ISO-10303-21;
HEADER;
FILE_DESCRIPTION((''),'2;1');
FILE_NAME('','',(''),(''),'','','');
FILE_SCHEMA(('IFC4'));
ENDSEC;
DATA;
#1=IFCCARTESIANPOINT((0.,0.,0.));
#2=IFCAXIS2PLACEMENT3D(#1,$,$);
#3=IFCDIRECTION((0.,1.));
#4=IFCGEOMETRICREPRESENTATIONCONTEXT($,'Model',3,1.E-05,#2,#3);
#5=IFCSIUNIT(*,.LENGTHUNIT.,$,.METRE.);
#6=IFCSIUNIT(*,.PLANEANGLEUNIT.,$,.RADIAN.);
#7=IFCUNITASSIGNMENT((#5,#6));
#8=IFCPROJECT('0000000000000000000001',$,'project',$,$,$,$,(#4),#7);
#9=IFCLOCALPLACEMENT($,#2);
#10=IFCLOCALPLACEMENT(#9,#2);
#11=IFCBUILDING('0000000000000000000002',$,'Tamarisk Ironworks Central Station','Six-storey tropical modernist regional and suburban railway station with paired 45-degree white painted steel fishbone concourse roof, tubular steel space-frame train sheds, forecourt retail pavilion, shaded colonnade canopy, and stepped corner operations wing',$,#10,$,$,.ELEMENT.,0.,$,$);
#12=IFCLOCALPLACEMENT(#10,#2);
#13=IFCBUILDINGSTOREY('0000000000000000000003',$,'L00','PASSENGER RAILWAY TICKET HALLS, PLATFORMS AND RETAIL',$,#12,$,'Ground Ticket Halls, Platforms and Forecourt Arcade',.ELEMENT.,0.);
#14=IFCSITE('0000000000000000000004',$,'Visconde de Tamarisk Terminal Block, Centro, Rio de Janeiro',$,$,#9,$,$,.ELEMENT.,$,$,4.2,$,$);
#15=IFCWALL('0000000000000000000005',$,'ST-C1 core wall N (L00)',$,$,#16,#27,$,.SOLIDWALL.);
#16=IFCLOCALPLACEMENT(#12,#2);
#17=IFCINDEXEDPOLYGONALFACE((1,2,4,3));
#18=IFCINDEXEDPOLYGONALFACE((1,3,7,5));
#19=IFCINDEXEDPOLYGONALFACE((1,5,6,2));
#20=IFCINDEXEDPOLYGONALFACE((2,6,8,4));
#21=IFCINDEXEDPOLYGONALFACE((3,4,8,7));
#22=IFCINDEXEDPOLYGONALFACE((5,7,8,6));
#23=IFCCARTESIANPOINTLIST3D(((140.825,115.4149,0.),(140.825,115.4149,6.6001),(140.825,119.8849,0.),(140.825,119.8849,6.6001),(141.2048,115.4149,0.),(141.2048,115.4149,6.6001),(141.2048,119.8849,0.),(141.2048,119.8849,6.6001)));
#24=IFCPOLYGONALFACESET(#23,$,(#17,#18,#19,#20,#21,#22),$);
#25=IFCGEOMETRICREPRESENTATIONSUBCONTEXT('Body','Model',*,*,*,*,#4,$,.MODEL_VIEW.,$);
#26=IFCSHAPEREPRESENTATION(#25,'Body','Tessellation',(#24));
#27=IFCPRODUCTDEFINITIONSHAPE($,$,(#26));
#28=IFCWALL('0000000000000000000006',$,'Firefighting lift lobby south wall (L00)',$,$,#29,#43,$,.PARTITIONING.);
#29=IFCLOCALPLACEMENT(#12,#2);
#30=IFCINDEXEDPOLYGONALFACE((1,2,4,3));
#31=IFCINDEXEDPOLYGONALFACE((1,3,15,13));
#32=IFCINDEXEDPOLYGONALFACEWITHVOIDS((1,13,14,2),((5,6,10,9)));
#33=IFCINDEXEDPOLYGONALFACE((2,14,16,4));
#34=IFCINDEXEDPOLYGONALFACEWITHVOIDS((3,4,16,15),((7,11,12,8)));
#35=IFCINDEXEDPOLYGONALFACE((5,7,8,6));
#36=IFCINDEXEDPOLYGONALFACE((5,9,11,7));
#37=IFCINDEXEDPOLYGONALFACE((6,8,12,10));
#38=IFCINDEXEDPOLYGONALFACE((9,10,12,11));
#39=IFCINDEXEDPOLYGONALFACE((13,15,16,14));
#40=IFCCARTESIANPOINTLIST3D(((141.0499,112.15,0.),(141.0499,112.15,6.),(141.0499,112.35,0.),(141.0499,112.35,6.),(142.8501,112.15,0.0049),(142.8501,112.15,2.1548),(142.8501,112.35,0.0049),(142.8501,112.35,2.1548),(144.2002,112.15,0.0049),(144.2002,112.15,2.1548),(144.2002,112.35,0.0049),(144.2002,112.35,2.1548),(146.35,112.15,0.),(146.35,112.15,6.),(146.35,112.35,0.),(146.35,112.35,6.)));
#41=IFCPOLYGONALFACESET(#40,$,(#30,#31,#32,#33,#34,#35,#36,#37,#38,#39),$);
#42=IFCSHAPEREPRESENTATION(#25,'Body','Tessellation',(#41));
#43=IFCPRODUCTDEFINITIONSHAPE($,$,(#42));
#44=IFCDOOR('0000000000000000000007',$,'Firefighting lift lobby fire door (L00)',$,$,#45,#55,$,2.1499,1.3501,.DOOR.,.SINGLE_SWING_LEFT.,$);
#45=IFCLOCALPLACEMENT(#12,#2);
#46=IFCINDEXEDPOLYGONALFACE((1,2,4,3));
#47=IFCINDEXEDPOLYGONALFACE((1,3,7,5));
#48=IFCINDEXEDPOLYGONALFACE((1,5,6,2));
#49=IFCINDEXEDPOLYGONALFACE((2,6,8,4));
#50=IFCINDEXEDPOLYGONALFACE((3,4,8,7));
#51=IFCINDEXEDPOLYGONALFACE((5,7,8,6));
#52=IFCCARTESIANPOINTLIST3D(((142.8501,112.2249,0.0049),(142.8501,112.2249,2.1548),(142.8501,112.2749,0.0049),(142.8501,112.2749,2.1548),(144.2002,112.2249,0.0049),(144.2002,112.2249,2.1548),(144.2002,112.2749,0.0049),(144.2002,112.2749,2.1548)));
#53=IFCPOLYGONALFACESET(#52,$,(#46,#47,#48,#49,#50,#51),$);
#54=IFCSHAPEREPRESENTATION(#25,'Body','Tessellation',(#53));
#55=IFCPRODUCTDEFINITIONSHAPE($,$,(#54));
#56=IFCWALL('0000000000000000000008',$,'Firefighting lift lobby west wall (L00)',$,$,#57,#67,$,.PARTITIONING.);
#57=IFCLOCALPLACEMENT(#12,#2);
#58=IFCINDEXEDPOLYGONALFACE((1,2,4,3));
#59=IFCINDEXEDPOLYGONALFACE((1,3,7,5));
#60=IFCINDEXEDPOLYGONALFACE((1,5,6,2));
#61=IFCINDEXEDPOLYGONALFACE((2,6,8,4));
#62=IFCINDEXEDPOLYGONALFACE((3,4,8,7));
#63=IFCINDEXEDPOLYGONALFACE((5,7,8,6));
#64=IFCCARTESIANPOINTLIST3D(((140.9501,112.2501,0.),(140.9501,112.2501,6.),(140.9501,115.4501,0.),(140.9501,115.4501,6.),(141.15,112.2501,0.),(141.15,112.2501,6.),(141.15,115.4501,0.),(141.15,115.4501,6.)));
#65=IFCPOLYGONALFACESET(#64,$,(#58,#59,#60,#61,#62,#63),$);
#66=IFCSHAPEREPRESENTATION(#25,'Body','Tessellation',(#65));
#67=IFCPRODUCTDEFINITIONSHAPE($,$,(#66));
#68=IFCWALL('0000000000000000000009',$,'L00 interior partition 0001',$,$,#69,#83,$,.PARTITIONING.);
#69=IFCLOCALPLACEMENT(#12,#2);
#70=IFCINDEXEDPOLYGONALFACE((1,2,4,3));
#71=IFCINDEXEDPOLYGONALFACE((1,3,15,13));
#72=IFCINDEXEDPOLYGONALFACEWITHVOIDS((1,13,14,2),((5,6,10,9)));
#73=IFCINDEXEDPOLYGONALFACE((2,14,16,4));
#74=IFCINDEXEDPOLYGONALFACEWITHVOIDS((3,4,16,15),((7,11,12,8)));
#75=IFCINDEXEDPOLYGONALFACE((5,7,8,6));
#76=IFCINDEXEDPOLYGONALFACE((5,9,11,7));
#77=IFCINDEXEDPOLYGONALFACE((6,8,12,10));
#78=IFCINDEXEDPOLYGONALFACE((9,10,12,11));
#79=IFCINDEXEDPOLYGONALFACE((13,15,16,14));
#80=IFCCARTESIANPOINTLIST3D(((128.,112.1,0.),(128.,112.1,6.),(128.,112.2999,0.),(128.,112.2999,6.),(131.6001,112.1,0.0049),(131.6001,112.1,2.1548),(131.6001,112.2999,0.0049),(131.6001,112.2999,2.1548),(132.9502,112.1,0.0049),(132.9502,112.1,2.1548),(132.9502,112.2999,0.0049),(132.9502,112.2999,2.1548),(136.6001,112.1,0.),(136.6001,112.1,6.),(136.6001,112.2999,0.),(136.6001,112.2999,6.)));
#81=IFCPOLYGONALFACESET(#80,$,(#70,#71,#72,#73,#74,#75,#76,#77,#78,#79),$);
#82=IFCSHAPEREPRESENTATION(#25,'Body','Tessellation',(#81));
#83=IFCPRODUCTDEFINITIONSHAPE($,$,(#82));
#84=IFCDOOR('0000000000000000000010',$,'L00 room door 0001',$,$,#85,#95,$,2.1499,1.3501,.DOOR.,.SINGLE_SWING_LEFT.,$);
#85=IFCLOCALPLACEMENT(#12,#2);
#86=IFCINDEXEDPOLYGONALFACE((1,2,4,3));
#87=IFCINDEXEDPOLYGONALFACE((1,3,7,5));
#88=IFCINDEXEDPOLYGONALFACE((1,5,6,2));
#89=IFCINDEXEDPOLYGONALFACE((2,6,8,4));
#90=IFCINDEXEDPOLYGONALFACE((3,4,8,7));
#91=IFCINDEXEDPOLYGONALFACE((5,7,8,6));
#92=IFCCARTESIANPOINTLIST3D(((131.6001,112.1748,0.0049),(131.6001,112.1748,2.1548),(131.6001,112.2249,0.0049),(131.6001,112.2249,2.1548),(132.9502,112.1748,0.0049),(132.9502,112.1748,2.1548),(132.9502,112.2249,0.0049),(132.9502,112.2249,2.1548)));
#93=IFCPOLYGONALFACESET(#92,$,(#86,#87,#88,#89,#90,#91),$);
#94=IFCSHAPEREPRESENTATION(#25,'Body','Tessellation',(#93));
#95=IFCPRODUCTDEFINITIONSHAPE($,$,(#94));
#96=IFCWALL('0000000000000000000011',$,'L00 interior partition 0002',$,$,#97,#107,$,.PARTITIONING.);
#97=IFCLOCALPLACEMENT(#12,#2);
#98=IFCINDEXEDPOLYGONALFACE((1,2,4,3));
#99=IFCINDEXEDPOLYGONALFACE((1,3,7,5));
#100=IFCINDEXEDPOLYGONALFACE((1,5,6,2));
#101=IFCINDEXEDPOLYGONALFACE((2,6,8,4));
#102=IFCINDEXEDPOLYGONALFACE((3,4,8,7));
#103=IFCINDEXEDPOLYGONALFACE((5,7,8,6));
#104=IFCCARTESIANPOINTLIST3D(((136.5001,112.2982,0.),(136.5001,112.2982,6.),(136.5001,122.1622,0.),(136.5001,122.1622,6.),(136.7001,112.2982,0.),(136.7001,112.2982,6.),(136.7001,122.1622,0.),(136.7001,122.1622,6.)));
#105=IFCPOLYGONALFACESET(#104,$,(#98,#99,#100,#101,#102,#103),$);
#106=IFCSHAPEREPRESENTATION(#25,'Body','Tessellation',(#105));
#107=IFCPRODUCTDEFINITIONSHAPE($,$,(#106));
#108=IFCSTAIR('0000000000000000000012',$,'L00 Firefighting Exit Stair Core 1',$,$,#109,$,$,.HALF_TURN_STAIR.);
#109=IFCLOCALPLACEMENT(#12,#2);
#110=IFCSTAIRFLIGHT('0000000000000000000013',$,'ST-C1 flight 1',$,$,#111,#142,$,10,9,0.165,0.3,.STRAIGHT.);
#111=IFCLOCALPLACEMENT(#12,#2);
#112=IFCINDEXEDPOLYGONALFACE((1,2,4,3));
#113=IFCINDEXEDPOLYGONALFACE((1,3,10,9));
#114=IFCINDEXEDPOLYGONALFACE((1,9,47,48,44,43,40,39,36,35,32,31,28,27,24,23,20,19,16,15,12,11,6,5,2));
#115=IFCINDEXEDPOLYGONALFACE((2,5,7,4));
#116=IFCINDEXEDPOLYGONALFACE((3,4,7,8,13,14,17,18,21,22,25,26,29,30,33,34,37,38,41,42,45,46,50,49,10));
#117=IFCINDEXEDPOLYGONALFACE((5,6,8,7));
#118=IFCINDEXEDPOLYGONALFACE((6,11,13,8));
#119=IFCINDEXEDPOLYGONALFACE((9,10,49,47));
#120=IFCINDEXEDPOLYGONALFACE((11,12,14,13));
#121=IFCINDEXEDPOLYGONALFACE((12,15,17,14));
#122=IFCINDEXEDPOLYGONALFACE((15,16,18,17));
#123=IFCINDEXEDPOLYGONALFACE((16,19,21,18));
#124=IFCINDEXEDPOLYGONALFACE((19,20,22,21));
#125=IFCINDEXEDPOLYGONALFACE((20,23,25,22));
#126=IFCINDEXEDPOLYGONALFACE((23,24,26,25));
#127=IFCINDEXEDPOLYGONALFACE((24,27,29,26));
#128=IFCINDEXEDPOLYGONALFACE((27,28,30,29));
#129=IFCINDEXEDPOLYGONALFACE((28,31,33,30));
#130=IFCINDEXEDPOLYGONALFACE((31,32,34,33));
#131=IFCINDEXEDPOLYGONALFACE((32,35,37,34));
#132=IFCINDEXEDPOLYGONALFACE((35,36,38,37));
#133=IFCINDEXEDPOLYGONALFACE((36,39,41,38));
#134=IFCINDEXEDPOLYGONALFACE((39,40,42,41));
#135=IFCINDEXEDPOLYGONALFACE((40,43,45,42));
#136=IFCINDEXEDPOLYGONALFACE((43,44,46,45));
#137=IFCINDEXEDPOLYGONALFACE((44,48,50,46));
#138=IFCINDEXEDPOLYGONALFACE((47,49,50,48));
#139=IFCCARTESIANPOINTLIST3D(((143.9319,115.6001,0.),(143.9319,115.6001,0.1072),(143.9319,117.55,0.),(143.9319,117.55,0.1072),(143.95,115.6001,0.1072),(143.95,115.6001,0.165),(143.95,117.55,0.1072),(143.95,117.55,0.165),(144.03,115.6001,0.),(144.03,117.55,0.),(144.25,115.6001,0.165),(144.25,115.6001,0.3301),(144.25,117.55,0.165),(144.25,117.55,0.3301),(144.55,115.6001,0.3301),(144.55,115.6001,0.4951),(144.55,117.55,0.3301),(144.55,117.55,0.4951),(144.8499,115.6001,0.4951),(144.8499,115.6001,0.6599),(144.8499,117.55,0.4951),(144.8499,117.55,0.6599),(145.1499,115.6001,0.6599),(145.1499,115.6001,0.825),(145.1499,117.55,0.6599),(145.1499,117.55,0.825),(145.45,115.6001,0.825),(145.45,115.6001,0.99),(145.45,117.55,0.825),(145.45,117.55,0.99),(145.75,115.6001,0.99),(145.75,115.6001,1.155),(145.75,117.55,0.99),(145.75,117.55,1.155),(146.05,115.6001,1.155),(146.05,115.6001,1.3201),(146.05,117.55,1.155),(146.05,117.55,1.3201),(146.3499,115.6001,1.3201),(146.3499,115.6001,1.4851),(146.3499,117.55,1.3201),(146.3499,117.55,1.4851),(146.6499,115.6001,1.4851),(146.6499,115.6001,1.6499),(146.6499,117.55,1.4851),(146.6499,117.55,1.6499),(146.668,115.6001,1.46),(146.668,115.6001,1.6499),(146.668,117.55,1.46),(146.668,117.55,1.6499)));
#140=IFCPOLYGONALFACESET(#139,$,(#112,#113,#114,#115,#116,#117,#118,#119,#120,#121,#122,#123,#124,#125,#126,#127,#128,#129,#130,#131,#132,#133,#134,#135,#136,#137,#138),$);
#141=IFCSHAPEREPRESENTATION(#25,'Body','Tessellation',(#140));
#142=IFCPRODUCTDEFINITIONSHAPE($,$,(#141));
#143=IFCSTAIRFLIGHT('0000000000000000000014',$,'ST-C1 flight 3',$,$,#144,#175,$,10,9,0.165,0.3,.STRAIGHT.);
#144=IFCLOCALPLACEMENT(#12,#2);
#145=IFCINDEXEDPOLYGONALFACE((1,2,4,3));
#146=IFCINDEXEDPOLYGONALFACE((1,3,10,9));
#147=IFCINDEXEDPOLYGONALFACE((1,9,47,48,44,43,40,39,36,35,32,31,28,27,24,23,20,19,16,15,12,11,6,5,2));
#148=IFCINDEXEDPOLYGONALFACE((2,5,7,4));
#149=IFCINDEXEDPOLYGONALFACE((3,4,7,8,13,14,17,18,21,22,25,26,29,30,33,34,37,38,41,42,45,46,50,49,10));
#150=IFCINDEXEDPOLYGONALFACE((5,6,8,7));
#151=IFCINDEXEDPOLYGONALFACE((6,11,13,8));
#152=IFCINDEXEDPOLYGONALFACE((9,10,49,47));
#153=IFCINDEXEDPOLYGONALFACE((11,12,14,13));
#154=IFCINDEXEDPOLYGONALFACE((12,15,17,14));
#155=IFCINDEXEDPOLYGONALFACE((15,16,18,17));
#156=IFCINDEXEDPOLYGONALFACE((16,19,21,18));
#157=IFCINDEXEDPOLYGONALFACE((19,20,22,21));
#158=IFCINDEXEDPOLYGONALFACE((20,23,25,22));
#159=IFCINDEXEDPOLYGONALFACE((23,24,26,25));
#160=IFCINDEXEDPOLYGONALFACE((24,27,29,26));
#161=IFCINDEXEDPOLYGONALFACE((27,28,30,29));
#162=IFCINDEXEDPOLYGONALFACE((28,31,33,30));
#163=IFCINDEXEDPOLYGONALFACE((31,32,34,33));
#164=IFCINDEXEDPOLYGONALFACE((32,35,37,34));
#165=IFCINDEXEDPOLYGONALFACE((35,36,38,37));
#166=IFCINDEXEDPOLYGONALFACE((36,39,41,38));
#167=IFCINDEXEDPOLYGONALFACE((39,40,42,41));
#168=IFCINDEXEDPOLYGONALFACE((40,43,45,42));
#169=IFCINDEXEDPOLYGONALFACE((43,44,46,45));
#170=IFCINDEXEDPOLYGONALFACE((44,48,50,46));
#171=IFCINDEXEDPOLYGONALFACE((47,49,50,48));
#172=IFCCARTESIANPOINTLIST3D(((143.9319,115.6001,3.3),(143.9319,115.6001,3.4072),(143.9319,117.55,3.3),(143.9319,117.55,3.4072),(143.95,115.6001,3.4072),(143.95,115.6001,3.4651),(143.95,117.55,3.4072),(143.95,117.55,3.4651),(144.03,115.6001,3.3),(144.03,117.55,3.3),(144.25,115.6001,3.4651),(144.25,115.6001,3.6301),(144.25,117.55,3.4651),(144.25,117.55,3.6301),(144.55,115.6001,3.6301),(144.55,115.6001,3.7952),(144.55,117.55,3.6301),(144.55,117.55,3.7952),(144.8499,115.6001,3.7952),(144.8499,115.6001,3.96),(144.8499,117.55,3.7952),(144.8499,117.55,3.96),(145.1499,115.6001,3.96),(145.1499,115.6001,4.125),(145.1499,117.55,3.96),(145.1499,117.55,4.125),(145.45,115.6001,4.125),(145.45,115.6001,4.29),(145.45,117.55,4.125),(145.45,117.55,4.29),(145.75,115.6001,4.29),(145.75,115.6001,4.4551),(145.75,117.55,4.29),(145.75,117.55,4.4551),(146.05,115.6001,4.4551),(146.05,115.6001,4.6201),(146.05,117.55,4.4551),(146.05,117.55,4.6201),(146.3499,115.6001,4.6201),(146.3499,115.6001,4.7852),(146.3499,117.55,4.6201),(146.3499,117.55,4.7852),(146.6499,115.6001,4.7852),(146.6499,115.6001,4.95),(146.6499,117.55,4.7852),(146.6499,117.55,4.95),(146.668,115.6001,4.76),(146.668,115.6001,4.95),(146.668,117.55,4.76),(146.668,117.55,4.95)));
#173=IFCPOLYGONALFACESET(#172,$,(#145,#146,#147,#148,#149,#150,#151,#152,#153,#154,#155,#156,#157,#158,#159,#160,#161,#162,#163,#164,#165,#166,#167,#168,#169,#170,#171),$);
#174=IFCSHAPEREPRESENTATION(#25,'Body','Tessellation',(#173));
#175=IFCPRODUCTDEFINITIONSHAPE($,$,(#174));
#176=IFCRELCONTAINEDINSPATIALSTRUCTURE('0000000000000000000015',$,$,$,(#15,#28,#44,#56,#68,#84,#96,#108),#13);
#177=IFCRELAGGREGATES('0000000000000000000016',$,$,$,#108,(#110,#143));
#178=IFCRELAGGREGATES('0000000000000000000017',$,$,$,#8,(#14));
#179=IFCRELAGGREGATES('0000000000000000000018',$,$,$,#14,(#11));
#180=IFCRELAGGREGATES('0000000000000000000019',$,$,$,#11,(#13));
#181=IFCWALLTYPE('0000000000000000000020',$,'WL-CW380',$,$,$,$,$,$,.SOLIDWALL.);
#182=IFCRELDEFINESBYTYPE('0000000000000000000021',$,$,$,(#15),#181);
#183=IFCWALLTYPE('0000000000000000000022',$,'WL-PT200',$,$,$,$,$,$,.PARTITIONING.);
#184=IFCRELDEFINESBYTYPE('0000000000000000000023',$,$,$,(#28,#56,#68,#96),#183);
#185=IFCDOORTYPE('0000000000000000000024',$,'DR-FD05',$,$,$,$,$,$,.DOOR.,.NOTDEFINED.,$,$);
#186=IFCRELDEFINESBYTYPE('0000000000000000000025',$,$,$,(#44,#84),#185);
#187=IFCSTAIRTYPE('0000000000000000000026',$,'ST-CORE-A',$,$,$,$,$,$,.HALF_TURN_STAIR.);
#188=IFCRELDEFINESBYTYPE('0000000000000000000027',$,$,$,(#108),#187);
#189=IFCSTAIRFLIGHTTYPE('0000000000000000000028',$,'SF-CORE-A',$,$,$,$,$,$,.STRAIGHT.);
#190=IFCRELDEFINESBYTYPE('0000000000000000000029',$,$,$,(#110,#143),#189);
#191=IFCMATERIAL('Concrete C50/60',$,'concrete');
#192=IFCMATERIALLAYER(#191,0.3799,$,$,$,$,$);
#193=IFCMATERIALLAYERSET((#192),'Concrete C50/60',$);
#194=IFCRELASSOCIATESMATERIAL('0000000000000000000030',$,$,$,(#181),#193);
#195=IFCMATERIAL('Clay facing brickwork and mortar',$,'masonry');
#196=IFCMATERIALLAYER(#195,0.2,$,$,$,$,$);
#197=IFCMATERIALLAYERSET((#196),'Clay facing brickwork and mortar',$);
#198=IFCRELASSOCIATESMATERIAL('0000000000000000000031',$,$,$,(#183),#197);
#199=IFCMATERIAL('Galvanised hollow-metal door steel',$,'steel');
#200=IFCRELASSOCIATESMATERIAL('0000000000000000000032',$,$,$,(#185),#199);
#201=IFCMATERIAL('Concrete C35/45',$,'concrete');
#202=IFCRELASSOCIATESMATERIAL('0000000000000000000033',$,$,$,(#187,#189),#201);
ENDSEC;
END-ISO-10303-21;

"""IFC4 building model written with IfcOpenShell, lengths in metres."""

from ifc_helpers import new_model, si_unit, direction, frame, frame_2d, origin, place, context, subcontext, project, spatial, polyline, rectangle, outline, extrude, material, layer, layer_set, type_object, element, fill, aggregate, save


model = new_model("IFC4")

# Units and contexts
model_context = context("Model", 3, precision=1e-05, world=origin(), true_north=direction((0.0, 1.0)))
body_context = subcontext(model_context, "Body", "Model", "MODEL_VIEW")
ifc_project = project(units=[si_unit("LENGTHUNIT", "METRE"), si_unit("PLANEANGLEUNIT", "RADIAN")], contexts=[model_context])

# Site, building, storey
site_placement = place(None, origin())
site = spatial("IfcSite", under=ifc_project, at=site_placement, Name="Visconde de Tamarisk Terminal Block, Centro, Rio de Janeiro", CompositionType="ELEMENT", RefElevation=4.2)
building_placement = place(site_placement, origin())
building = spatial("IfcBuilding", under=site, at=building_placement, Name="Tamarisk Ironworks Central Station", Description="Six-storey tropical modernist regional and suburban railway station with paired 45-degree white painted steel fishbone concourse roof, tubular steel space-frame train sheds, forecourt retail pavilion, shaded colonnade canopy, and stepped corner operations wing", CompositionType="ELEMENT", ElevationOfRefHeight=0.0)
storey_placement = place(building_placement, origin())
storey = spatial("IfcBuildingStorey", under=building, at=storey_placement, Name="L00", Description="PASSENGER RAILWAY TICKET HALLS, PLATFORMS AND RETAIL", LongName="Ground Ticket Halls, Platforms and Forecourt Arcade", CompositionType="ELEMENT", Elevation=0.0)

# Shared definitions
ifc_material_1 = material(Name="Concrete C50/60", Category="concrete")

# Shared definitions
ifc_layer_1 = layer(ifc_material_1, 0.3799)
ifc_layer_set_1 = layer_set([ifc_layer_1], Name="Concrete C50/60")
wall_type_1 = type_object("IfcWallType", Name="WL-CW380", PredefinedType="SOLIDWALL", material=ifc_layer_set_1)
ifc_material_2 = material(Name="Galvanised hollow-metal door steel", Category="steel")

# Wall
wall_1_placement = place(storey_placement, frame((141.0149, 115.415, 0.0), z_axis=(0.0, 0.0, 1.0), x_axis=(0.0, 1.0, 0.0)))
element("IfcWall", 1, at=wall_1_placement, inside=storey, type_object=wall_type_1, Name="ST-C1 core wall N (L00)", PredefinedType="SOLIDWALL", context=body_context, shape_type="SweptSolid", body=[
    extrude(rectangle(XDim=4.47, YDim=0.3799, at=frame_2d((2.2349, 0.0))), origin(), (0.0, 0.0, 1.0), 6.6001),
])

# Wall, opening, door
ifc_material_3 = material(Name="Clay facing brickwork and mortar", Category="masonry")
ifc_layer_2 = layer(ifc_material_3, 0.2)
ifc_layer_set_2 = layer_set([ifc_layer_2], Name="Clay facing brickwork and mortar")
wall_type_2 = type_object("IfcWallType", Name="WL-PT200", PredefinedType="PARTITIONING", material=ifc_layer_set_2)
wall_2_placement = place(storey_placement, frame((141.05, 112.25, 0.0), z_axis=(0.0, 0.0, 1.0), x_axis=(1.0, 0.0, 0.0)))
wall_2 = element("IfcWall", 2, at=wall_2_placement, inside=storey, type_object=wall_type_2, Name="Firefighting lift lobby south wall (L00)", PredefinedType="PARTITIONING", context=body_context, shape_type="SweptSolid", body=[
    extrude(rectangle(XDim=5.3, YDim=0.2, at=frame_2d((2.6499, 0.0))), origin(), (0.0, 0.0, 1.0), 6.0),
])
opening_1_placement = place(wall_2_placement, frame((1.8, 0.0, 0.0049)))
opening_1 = element("IfcOpeningElement", 3, at=opening_1_placement, cuts=wall_2, PredefinedType="OPENING", context=body_context, shape_type="SweptSolid", body=[
    extrude(rectangle(XDim=1.3501, YDim=2.1499, at=frame_2d((0.675, 1.075))), frame((0.0, 0.1118, 0.0), z_axis=(0.0, -1.0, 0.0), x_axis=(1.0, 0.0, 0.0)), (0.0, 0.0, 1.0), 0.2239),
])
door_type_1 = type_object("IfcDoorType", Name="DR-FD05", OperationType="NOTDEFINED", PredefinedType="DOOR", material=ifc_material_2)
door_1_placement = place(opening_1_placement, origin())
door_1 = element("IfcDoor", 4, at=door_1_placement, inside=storey, type_object=door_type_1, Name="Firefighting lift lobby fire door (L00)", OperationType="SINGLE_SWING_LEFT", OverallHeight=2.1499, OverallWidth=1.3501, PredefinedType="DOOR", context=body_context, shape_type="SweptSolid", body=[
    extrude(rectangle(XDim=1.3501, YDim=2.1499, at=frame_2d((0.675, 1.075))), frame((0.0, 0.0249, 0.0), z_axis=(0.0, -1.0, 0.0), x_axis=(1.0, 0.0, 0.0)), (0.0, 0.0, 1.0), 0.05),
])
fill(opening_1, door_1)

# Wall
wall_3_placement = place(storey_placement, frame((141.05, 112.25, 0.0), z_axis=(0.0, 0.0, 1.0), x_axis=(0.0, 1.0, 0.0)))
element("IfcWall", 5, at=wall_3_placement, inside=storey, type_object=wall_type_2, Name="Firefighting lift lobby west wall (L00)", PredefinedType="PARTITIONING", context=body_context, shape_type="SweptSolid", body=[
    extrude(rectangle(XDim=3.2, YDim=0.2, at=frame_2d((1.6001, 0.0))), origin(), (0.0, 0.0, 1.0), 6.0),
])

# Wall, opening, door
wall_4_placement = place(storey_placement, frame((128.0, 112.2, 0.0), z_axis=(0.0, 0.0, 1.0), x_axis=(1.0, 0.0, 0.0)))
wall_4 = element("IfcWall", 6, at=wall_4_placement, inside=storey, type_object=wall_type_2, Name="L00 interior partition 0001", PredefinedType="PARTITIONING", context=body_context, shape_type="SweptSolid", body=[
    extrude(rectangle(XDim=8.6001, YDim=0.2, at=frame_2d((4.3, 0.0))), origin(), (0.0, 0.0, 1.0), 6.0),
])
opening_2_placement = place(wall_4_placement, frame((3.6001, 0.0, 0.0049)))
opening_2 = element("IfcOpeningElement", 7, at=opening_2_placement, cuts=wall_4, PredefinedType="OPENING", context=body_context, shape_type="SweptSolid", body=[
    extrude(rectangle(XDim=1.3501, YDim=2.1499, at=frame_2d((0.675, 1.075))), frame((0.0, 0.1118, 0.0), z_axis=(0.0, -1.0, 0.0), x_axis=(1.0, 0.0, 0.0)), (0.0, 0.0, 1.0), 0.2239),
])
door_2_placement = place(opening_2_placement, origin())
door_2 = element("IfcDoor", 8, at=door_2_placement, inside=storey, type_object=door_type_1, Name="L00 room door 0001", OperationType="SINGLE_SWING_LEFT", OverallHeight=2.1499, OverallWidth=1.3501, PredefinedType="DOOR", context=body_context, shape_type="SweptSolid", body=[
    extrude(rectangle(XDim=1.3501, YDim=2.1499, at=frame_2d((0.675, 1.075))), frame((0.0, 0.0249, 0.0), z_axis=(0.0, -1.0, 0.0), x_axis=(1.0, 0.0, 0.0)), (0.0, 0.0, 1.0), 0.05),
])
fill(opening_2, door_2)

# Wall
wall_5_placement = place(storey_placement, frame((136.6001, 112.2981, 0.0), z_axis=(0.0, 0.0, 1.0), x_axis=(0.0, 1.0, 0.0)))
element("IfcWall", 9, at=wall_5_placement, inside=storey, type_object=wall_type_2, Name="L00 interior partition 0002", PredefinedType="PARTITIONING", context=body_context, shape_type="SweptSolid", body=[
    extrude(rectangle(XDim=9.864, YDim=0.2, at=frame_2d((4.9321, 0.0))), origin(), (0.0, 0.0, 1.0), 6.0),
])

# Stair, stair flights
ifc_material_4 = material(Name="Concrete C35/45", Category="concrete")
stair_type = type_object("IfcStairType", Name="ST-CORE-A", PredefinedType="HALF_TURN_STAIR", material=ifc_material_4)
stair_placement = place(storey_placement, origin())
stair = element("IfcStair", 10, at=stair_placement, inside=storey, type_object=stair_type, Name="L00 Firefighting Exit Stair Core 1", PredefinedType="HALF_TURN_STAIR")
stair_flight_type = type_object("IfcStairFlightType", Name="SF-CORE-A", PredefinedType="STRAIGHT", material=ifc_material_4)
stair_flight_1_placement = place(storey_placement, frame((143.95, 116.575, 0.0), z_axis=(0.0, 0.0, 1.0), x_axis=(1.0, 0.0, 0.0)))
stair_flight_1 = element("IfcStairFlight", 11, at=stair_flight_1_placement, type_object=stair_flight_type, Name="ST-C1 flight 1", NumberOfRisers=10, NumberOfTreads=9, PredefinedType="STRAIGHT", RiserHeight=0.165, TreadLength=0.3, context=body_context, shape_type="SweptSolid", body=[
    extrude(outline(polyline([(-0.0181, 0.0), (-0.0181, 0.1072), (0.0, 0.1072), (0.0, 0.165), (0.3, 0.165), (0.3, 0.3301), (0.6001, 0.3301), (0.6001, 0.4951), (0.8999, 0.4951), (0.8999, 0.6599), (1.2, 0.6599), (1.2, 0.825), (1.5, 0.825), (1.5, 0.99), (1.8, 0.99), (1.8, 1.155), (2.1001, 1.155), (2.1001, 1.3201), (2.3999, 1.3201), (2.3999, 1.4851), (2.7, 1.4851), (2.7, 1.6499), (2.718, 1.6499), (2.718, 1.46), (0.0801, 0.0), (-0.0181, 0.0)])), frame((0.0, 0.9751, 0.0), z_axis=(0.0, -1.0, 0.0), x_axis=(1.0, 0.0, 0.0)), (0.0, 0.0, 1.0), 1.95),
])
stair_flight_2_placement = place(storey_placement, frame((143.95, 116.575, 3.3), z_axis=(0.0, 0.0, 1.0), x_axis=(1.0, 0.0, 0.0)))
stair_flight_2 = element("IfcStairFlight", 12, at=stair_flight_2_placement, type_object=stair_flight_type, Name="ST-C1 flight 3", NumberOfRisers=10, NumberOfTreads=9, PredefinedType="STRAIGHT", RiserHeight=0.165, TreadLength=0.3, context=body_context, shape_type="SweptSolid", body=[
    extrude(outline(polyline([(-0.0181, 0.0), (-0.0181, 0.1072), (0.0, 0.1072), (0.0, 0.165), (0.3, 0.165), (0.3, 0.3301), (0.6001, 0.3301), (0.6001, 0.4951), (0.8999, 0.4951), (0.8999, 0.6599), (1.2, 0.6599), (1.2, 0.825), (1.5, 0.825), (1.5, 0.99), (1.8, 0.99), (1.8, 1.155), (2.1001, 1.155), (2.1001, 1.3201), (2.3999, 1.3201), (2.3999, 1.4851), (2.7, 1.4851), (2.7, 1.6499), (2.718, 1.6499), (2.718, 1.46), (0.0801, 0.0), (-0.0181, 0.0)])), frame((0.0, 0.9751, 0.0), z_axis=(0.0, -1.0, 0.0), x_axis=(1.0, 0.0, 0.0)), (0.0, 0.0, 1.0), 1.95),
])
aggregate(stair, [stair_flight_1, stair_flight_2])

save(model, "model.ifc")
